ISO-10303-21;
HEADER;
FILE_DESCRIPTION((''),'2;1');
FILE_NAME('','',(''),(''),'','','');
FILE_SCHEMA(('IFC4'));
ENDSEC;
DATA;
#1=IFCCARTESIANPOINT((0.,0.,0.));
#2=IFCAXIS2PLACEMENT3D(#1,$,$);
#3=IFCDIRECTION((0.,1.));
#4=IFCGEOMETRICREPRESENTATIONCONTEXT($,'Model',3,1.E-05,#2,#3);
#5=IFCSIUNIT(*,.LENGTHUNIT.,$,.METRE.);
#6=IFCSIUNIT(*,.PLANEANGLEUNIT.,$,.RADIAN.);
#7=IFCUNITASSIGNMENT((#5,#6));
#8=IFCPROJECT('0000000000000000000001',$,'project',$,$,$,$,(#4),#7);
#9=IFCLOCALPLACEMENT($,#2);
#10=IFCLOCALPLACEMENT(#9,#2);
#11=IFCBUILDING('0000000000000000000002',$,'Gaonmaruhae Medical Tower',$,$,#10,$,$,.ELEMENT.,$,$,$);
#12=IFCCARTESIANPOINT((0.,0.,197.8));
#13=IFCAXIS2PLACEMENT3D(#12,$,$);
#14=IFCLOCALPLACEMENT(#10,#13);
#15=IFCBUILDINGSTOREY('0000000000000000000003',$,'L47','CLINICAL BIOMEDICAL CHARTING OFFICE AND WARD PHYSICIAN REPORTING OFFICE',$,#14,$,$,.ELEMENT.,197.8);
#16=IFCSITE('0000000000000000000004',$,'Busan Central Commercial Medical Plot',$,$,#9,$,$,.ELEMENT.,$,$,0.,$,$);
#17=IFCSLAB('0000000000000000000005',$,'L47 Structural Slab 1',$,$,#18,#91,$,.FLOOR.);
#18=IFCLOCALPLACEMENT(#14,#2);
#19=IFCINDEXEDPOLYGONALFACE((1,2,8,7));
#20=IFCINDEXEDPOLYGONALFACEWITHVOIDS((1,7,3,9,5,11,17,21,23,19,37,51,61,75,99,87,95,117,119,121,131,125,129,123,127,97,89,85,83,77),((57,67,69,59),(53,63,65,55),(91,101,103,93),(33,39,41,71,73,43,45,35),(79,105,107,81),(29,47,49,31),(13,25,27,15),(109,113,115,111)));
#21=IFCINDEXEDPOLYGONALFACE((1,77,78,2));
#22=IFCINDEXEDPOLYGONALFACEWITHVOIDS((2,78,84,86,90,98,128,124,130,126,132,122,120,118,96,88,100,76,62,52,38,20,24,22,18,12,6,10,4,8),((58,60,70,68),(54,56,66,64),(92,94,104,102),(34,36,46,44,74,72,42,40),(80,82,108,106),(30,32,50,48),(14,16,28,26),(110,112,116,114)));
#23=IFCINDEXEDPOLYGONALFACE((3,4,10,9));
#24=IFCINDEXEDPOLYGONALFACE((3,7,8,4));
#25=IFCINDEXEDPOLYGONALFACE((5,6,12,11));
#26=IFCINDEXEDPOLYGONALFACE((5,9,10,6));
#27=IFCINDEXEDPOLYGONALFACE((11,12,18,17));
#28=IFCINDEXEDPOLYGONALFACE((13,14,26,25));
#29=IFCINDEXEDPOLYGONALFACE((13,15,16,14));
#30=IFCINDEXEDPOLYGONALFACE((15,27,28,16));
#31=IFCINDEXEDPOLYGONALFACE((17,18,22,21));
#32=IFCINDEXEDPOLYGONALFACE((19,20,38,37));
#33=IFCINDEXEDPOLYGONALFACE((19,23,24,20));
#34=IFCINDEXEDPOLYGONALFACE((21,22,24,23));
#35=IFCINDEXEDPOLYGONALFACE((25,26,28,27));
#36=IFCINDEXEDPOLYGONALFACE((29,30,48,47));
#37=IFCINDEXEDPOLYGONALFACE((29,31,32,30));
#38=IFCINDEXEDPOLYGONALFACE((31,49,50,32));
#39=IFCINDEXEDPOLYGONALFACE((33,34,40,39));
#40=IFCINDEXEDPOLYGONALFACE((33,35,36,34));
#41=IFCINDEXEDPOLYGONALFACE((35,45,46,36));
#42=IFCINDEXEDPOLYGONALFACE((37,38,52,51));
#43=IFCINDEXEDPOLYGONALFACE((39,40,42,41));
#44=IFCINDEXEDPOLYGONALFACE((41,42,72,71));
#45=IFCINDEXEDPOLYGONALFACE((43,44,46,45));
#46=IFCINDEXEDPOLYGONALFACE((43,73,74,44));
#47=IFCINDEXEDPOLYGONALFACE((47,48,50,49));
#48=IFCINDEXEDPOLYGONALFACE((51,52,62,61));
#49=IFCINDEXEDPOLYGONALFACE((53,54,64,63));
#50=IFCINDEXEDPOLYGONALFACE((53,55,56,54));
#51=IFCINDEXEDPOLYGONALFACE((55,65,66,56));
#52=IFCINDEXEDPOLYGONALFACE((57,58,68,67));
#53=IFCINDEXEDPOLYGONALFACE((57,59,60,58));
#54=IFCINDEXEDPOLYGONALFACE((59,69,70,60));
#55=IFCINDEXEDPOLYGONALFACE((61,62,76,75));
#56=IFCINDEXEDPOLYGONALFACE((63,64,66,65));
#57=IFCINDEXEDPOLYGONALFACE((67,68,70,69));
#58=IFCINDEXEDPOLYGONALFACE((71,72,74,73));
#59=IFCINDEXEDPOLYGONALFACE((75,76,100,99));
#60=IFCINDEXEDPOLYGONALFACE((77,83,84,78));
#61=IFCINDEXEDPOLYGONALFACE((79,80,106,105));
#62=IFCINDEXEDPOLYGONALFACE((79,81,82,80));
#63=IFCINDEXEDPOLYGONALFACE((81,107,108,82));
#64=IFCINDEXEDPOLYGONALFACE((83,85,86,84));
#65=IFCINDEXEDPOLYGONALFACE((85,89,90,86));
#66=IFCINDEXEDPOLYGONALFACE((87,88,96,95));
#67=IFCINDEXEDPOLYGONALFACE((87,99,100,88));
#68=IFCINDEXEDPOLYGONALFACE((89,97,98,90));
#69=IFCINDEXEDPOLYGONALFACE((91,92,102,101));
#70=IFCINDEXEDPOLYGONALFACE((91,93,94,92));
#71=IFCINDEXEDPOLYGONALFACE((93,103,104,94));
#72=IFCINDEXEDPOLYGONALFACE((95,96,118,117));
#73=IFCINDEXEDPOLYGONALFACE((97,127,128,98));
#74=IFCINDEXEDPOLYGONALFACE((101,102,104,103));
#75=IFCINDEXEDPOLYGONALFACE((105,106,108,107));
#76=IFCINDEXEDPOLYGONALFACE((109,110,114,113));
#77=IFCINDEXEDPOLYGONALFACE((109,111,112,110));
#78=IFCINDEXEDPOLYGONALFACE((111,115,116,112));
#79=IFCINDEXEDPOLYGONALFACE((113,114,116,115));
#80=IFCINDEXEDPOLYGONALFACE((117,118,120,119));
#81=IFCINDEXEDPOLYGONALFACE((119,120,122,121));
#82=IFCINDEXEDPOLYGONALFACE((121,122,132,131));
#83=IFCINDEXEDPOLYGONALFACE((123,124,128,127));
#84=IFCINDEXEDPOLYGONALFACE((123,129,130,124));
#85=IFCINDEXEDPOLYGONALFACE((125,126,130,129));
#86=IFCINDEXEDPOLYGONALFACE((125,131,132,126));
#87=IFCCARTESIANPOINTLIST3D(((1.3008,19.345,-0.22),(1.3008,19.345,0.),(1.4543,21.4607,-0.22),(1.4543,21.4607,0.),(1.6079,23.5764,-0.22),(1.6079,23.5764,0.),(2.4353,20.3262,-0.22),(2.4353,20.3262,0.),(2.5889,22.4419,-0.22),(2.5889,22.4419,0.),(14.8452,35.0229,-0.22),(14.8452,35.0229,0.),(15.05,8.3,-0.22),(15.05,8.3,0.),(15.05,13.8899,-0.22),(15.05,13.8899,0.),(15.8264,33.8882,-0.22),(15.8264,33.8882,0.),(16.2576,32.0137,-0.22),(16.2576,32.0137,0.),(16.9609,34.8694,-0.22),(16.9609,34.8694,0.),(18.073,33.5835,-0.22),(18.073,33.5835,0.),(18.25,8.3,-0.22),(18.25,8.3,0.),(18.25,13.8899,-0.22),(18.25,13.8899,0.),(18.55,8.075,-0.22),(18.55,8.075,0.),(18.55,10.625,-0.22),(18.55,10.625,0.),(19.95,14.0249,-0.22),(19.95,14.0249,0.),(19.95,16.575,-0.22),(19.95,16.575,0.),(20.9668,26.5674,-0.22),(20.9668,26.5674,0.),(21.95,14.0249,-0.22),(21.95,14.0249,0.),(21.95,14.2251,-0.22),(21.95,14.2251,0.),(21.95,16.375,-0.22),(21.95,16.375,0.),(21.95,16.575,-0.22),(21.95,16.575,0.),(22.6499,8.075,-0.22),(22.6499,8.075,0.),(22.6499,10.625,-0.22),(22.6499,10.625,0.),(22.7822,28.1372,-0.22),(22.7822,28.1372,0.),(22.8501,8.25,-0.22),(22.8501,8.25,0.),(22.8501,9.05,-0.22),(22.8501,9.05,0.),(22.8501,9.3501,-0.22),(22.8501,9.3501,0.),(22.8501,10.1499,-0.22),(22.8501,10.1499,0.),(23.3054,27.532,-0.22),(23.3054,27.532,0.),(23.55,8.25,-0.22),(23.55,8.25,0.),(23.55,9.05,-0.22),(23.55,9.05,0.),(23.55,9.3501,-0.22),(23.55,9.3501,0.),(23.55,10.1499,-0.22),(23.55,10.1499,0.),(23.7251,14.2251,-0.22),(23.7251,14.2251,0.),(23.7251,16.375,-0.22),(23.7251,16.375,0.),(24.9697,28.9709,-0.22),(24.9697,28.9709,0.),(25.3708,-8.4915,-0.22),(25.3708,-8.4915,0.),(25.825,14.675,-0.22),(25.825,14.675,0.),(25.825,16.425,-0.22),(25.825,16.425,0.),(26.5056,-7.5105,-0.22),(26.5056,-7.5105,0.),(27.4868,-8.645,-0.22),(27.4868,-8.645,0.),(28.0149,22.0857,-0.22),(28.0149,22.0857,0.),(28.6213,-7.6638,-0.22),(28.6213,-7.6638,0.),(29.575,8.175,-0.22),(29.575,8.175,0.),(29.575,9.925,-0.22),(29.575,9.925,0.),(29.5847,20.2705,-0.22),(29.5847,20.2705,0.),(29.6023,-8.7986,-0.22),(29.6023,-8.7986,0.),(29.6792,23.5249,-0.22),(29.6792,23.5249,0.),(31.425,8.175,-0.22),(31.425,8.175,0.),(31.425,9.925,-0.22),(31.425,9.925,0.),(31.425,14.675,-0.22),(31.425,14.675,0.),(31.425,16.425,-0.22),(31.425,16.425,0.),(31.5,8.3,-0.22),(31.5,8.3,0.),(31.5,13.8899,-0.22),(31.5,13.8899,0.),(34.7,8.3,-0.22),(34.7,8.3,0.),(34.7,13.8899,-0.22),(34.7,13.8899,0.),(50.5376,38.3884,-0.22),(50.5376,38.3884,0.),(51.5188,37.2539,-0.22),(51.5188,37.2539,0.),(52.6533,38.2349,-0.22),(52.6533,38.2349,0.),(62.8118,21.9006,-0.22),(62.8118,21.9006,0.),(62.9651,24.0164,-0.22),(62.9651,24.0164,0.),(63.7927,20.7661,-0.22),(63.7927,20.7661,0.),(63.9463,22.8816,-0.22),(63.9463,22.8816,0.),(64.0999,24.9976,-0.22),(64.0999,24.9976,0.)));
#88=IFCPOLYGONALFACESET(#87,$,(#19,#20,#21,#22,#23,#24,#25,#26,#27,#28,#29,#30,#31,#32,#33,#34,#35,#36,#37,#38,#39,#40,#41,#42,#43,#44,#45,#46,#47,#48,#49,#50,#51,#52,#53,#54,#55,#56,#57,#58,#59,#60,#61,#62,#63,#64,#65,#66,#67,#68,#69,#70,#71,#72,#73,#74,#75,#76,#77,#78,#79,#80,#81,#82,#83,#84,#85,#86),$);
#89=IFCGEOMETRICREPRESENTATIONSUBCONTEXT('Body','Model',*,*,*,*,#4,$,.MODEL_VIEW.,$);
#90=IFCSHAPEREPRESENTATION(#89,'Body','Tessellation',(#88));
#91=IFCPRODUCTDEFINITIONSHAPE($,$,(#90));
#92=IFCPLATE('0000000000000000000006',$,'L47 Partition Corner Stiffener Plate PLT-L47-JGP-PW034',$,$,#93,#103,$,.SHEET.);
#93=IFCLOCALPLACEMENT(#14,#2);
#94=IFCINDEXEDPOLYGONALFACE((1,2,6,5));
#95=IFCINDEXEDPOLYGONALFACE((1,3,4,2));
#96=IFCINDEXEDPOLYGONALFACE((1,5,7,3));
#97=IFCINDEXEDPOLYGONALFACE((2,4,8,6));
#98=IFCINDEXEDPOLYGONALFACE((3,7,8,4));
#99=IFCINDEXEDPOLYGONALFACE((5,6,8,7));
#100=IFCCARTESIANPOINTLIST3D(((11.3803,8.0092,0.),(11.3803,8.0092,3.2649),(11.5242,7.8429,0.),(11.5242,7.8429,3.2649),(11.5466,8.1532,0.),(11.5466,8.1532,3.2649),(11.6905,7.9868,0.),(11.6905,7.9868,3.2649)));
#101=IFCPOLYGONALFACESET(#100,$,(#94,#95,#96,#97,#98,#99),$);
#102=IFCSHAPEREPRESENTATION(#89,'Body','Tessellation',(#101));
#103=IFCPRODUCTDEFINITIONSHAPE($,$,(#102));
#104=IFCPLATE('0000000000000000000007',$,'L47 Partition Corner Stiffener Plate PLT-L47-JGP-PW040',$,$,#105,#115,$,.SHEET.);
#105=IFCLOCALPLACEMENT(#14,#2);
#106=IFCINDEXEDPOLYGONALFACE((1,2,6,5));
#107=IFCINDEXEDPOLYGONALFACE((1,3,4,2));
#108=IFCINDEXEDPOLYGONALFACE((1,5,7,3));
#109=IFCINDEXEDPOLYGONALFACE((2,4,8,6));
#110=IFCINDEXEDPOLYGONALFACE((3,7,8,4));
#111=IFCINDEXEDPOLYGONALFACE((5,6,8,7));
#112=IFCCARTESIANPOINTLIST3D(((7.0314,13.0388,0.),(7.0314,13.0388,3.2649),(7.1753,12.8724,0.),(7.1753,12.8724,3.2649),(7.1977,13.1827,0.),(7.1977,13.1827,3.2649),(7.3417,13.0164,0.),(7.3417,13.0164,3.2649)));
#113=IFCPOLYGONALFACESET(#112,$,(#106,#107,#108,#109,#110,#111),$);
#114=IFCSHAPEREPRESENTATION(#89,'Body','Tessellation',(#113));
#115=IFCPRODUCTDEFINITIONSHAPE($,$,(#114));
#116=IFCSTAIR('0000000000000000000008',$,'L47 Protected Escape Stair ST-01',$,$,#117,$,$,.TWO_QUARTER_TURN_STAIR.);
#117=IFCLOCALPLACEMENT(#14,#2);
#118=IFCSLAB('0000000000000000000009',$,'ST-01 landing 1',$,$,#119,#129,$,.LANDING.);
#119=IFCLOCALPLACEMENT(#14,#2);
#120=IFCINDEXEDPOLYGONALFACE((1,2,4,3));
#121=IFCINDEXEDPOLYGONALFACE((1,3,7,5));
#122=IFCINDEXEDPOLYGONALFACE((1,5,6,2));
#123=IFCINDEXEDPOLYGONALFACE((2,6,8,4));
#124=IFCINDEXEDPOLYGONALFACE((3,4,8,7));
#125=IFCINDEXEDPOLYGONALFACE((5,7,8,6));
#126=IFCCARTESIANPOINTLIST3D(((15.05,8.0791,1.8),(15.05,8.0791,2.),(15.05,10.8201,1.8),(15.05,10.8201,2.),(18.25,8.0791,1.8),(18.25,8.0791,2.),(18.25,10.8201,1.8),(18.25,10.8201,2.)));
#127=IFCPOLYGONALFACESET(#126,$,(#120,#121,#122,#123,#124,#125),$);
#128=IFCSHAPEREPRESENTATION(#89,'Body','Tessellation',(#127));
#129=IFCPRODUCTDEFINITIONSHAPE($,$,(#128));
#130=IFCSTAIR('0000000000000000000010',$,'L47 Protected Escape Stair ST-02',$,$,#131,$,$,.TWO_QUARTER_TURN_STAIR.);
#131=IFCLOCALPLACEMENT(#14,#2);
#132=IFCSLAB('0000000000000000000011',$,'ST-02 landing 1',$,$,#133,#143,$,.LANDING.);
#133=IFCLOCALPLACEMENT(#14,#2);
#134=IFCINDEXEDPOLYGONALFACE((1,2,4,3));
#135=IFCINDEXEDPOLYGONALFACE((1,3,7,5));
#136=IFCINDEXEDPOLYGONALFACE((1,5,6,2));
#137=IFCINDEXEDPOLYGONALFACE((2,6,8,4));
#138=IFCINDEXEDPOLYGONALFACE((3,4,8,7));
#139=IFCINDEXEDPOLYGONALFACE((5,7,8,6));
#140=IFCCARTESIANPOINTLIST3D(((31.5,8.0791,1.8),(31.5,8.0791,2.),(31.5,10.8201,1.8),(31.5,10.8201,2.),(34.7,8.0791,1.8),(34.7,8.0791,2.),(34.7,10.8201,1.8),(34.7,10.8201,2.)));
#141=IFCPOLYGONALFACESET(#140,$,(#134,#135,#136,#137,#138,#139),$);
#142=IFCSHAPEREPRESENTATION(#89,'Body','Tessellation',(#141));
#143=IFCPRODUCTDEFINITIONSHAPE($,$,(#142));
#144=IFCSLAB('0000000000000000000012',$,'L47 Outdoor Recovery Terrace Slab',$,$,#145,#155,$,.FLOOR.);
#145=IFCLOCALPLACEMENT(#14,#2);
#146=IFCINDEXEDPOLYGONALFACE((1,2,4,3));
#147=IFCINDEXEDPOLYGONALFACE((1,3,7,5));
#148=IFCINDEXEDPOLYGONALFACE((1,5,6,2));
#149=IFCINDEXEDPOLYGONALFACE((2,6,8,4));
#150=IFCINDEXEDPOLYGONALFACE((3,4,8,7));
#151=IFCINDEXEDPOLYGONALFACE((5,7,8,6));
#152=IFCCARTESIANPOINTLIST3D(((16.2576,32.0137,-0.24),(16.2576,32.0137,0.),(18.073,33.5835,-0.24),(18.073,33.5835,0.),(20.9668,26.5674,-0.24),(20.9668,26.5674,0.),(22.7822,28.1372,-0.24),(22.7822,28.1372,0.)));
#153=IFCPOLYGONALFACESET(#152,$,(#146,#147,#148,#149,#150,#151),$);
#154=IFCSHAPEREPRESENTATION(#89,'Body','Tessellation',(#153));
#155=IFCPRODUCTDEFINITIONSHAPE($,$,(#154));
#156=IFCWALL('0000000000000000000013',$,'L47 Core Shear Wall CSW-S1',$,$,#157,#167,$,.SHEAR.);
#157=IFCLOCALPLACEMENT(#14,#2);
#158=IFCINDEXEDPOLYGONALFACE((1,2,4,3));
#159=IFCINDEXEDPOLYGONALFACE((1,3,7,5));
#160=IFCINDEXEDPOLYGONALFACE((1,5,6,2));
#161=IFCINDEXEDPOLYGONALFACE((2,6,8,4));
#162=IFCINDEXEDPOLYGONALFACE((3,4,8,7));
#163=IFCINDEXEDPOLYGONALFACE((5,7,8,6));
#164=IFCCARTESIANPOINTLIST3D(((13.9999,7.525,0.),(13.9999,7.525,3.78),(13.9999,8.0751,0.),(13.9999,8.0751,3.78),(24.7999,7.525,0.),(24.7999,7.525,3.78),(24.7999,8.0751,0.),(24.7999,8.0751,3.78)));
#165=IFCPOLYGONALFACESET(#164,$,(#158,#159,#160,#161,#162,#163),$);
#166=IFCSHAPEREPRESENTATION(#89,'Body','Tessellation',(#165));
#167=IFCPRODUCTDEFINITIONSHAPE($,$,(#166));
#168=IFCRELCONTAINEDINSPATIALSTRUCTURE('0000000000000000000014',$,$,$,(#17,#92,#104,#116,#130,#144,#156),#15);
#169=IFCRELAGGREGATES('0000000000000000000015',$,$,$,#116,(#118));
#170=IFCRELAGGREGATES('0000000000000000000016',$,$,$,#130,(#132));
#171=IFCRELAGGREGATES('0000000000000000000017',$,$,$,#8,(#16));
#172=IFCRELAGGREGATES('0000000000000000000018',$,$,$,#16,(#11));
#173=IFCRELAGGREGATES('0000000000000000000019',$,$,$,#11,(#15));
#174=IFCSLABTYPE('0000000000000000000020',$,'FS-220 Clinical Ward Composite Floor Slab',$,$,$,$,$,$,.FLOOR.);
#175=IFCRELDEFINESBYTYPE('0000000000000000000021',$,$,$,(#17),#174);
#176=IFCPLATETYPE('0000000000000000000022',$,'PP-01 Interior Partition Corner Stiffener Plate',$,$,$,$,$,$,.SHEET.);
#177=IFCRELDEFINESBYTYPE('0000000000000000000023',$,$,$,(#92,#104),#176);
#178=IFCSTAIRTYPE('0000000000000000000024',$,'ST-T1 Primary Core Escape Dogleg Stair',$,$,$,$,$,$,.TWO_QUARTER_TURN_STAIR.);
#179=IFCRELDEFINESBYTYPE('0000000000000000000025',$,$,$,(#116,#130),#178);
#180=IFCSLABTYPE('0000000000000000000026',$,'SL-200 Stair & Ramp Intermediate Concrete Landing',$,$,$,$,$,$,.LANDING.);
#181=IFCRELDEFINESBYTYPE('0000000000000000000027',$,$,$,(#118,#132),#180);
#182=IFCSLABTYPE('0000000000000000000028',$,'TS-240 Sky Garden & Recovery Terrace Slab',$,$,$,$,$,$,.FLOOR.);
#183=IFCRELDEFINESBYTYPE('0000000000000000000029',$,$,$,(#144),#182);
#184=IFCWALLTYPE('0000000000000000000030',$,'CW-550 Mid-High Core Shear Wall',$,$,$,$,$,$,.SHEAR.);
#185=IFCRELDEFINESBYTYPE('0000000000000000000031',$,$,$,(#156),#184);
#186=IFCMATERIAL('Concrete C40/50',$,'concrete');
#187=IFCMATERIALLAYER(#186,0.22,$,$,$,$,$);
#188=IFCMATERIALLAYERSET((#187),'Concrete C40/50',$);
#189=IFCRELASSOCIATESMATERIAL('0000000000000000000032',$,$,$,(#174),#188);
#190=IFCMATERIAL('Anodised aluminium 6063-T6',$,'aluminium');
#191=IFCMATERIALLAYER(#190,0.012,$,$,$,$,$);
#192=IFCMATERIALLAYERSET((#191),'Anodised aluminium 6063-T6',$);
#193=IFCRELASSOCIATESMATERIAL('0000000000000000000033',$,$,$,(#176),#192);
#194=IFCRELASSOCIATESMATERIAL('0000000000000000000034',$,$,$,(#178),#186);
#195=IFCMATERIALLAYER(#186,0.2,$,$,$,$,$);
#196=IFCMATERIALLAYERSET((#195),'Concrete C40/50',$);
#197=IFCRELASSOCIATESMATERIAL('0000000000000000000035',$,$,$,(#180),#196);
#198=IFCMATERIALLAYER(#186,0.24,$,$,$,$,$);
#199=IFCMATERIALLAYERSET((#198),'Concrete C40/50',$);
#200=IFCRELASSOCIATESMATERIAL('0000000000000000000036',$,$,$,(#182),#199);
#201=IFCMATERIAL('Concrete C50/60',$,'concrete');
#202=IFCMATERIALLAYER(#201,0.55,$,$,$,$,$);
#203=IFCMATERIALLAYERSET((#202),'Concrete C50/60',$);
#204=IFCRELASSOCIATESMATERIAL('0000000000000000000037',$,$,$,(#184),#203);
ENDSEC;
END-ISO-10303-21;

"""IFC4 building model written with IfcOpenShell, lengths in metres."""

from ifc_helpers import new_model, si_unit, direction, frame, frame_2d, origin, origin_2d, place, context, subcontext, project, spatial, polyline, rectangle, outline, extrude, material, layer, layer_set, type_object, element, aggregate, save


model = new_model("IFC4")

# Units and contexts
model_context = context("Model", 3, precision=1e-05, world=origin(), true_north=direction((0.0, 1.0)))
body_context = subcontext(model_context, "Body", "Model", "MODEL_VIEW")
ifc_project = project(units=[si_unit("LENGTHUNIT", "METRE"), si_unit("PLANEANGLEUNIT", "RADIAN")], contexts=[model_context])

# Site, building, storey
site_placement = place(None, origin())
site = spatial("IfcSite", under=ifc_project, at=site_placement, Name="Busan Central Commercial Medical Plot", CompositionType="ELEMENT", RefElevation=0.0)
building_placement = place(site_placement, origin())
building = spatial("IfcBuilding", under=site, at=building_placement, Name="Gaonmaruhae Medical Tower", CompositionType="ELEMENT")
storey_placement = place(building_placement, frame((0.0, 0.0, 197.8)))
storey = spatial("IfcBuildingStorey", under=building, at=storey_placement, Name="L47", Description="CLINICAL BIOMEDICAL CHARTING OFFICE AND WARD PHYSICIAN REPORTING OFFICE", CompositionType="ELEMENT", Elevation=197.8)

# Shared definitions
ifc_material_1 = material(Name="Concrete C50/60", Category="concrete")

# Slab
ifc_material_2 = material(Name="Concrete C40/50", Category="concrete")
ifc_layer_1 = layer(ifc_material_2, 0.22)
ifc_layer_set_1 = layer_set([ifc_layer_1], Name="Concrete C40/50")
slab_type_1 = type_object("IfcSlabType", Name="FS-220 Clinical Ward Composite Floor Slab", PredefinedType="FLOOR", material=ifc_layer_set_1)
slab_1_placement = place(storey_placement, frame((0.0, 0.0, -0.22)))
element("IfcSlab", 1, at=slab_1_placement, inside=storey, type_object=slab_type_1, Name="L47 Structural Slab 1", PredefinedType="FLOOR", context=body_context, shape_type="SweptSolid", body=[
    extrude(outline(polyline([(50.5376, 38.3884), (51.5188, 37.2539), (52.6533, 38.2349), (64.0999, 24.9976), (62.9651, 24.0164), (63.9463, 22.8816), (62.8118, 21.9006), (63.7927, 20.7661), (29.6023, -8.7986), (28.6213, -7.6638), (27.4868, -8.645), (26.5056, -7.5105), (25.3708, -8.4915), (1.3008, 19.345), (2.4353, 20.3262), (1.4543, 21.4607), (2.5889, 22.4419), (1.6079, 23.5764), (14.8452, 35.0229), (15.8264, 33.8882), (16.9609, 34.8694), (18.073, 33.5835), (16.2576, 32.0137), (20.9668, 26.5674), (22.7822, 28.1372), (23.3054, 27.532), (24.9697, 28.9709), (29.6792, 23.5249), (28.0149, 22.0857), (29.5847, 20.2705), (50.5376, 38.3884)]), holes=[polyline([(23.55, 8.25), (22.8501, 8.25), (22.8501, 9.05), (23.55, 9.05), (23.55, 8.25)]), polyline([(31.425, 9.925), (31.425, 8.175), (29.575, 8.175), (29.575, 9.925), (31.425, 9.925)]), polyline([(22.6499, 10.625), (22.6499, 8.075), (18.55, 8.075), (18.55, 10.625), (22.6499, 10.625)]), polyline([(23.55, 9.3501), (22.8501, 9.3501), (22.8501, 10.1499), (23.55, 10.1499), (23.55, 9.3501)]), polyline([(15.05, 13.8899), (18.25, 13.8899), (18.25, 8.3), (15.05, 8.3), (15.05, 13.8899)]), polyline([(31.5, 13.8899), (34.7, 13.8899), (34.7, 8.3), (31.5, 8.3), (31.5, 13.8899)]), polyline([(21.95, 14.2251), (21.95, 14.0249), (19.95, 14.0249), (19.95, 16.575), (21.95, 16.575), (21.95, 16.375), (23.7251, 16.375), (23.7251, 14.2251), (21.95, 14.2251)]), polyline([(31.425, 16.425), (31.425, 14.675), (25.825, 14.675), (25.825, 16.425), (31.425, 16.425)])]), origin(), (0.0, 0.0, 1.0), 0.22),
])

# Plates
ifc_material_3 = material(Name="Anodised aluminium 6063-T6", Category="aluminium")
ifc_layer_2 = layer(ifc_material_3, 0.012)
ifc_layer_set_2 = layer_set([ifc_layer_2], Name="Anodised aluminium 6063-T6")
plate_type = type_object("IfcPlateType", Name="PP-01 Interior Partition Corner Stiffener Plate", PredefinedType="SHEET", material=ifc_layer_set_2)
for number, where, z_axis, x_axis, name in (
    (2, (11.5354, 7.998, 0.0), (0.0, 0.0, 1.0), (-0.654358, 0.756185, 0.0), "L47 Partition Corner Stiffener Plate PLT-L47-JGP-PW034"),
    (3, (7.1865, 13.0276, 0.0), (0.0, 0.0, 1.0), (-0.654385, 0.756162, 0.0), "L47 Partition Corner Stiffener Plate PLT-L47-JGP-PW040"),
):
    element("IfcPlate", number, at=place(storey_placement, frame(where, z_axis=z_axis, x_axis=x_axis)), inside=storey, type_object=plate_type, Name=name, PredefinedType="SHEET", context=body_context, shape_type="SweptSolid", body=[
        extrude(rectangle(XDim=0.22, YDim=0.22, at=origin_2d()), origin(), (0.0, 0.0, 1.0), 3.2649),
    ])

# Stairs, slabs
stair_type = type_object("IfcStairType", Name="ST-T1 Primary Core Escape Dogleg Stair", PredefinedType="TWO_QUARTER_TURN_STAIR", material=ifc_material_2)
stair_1_placement = place(storey_placement, origin())
stair_1 = element("IfcStair", 4, at=stair_1_placement, inside=storey, type_object=stair_type, Name="L47 Protected Escape Stair ST-01", PredefinedType="TWO_QUARTER_TURN_STAIR")
ifc_layer_3 = layer(ifc_material_2, 0.2)
ifc_layer_set_3 = layer_set([ifc_layer_3], Name="Concrete C40/50")
slab_type_2 = type_object("IfcSlabType", Name="SL-200 Stair & Ramp Intermediate Concrete Landing", PredefinedType="LANDING", material=ifc_layer_set_3)
slab_2_placement = place(storey_placement, frame((0.0, 0.0, 1.8)))
slab_2 = element("IfcSlab", 5, at=slab_2_placement, type_object=slab_type_2, Name="ST-01 landing 1", PredefinedType="LANDING", context=body_context, shape_type="SweptSolid", body=[
    extrude(outline(polyline([(15.05, 10.8201), (15.05, 8.0791), (18.25, 8.0791), (18.25, 10.8201), (15.05, 10.8201)])), origin(), (0.0, 0.0, 1.0), 0.2),
])
aggregate(stair_1, [slab_2])
stair_2_placement = place(storey_placement, origin())
stair_2 = element("IfcStair", 6, at=stair_2_placement, inside=storey, type_object=stair_type, Name="L47 Protected Escape Stair ST-02", PredefinedType="TWO_QUARTER_TURN_STAIR")
slab_3_placement = place(storey_placement, frame((0.0, 0.0, 1.8)))
slab_3 = element("IfcSlab", 7, at=slab_3_placement, type_object=slab_type_2, Name="ST-02 landing 1", PredefinedType="LANDING", context=body_context, shape_type="SweptSolid", body=[
    extrude(outline(polyline([(31.5, 10.8201), (31.5, 8.0791), (34.7, 8.0791), (34.7, 10.8201), (31.5, 10.8201)])), origin(), (0.0, 0.0, 1.0), 0.2),
])
aggregate(stair_2, [slab_3])

# Slab
ifc_layer_4 = layer(ifc_material_2, 0.24)
ifc_layer_set_4 = layer_set([ifc_layer_4], Name="Concrete C40/50")
slab_type_3 = type_object("IfcSlabType", Name="TS-240 Sky Garden & Recovery Terrace Slab", PredefinedType="FLOOR", material=ifc_layer_set_4)
slab_4_placement = place(storey_placement, frame((0.0, 0.0, -0.24)))
element("IfcSlab", 8, at=slab_4_placement, inside=storey, type_object=slab_type_3, Name="L47 Outdoor Recovery Terrace Slab", PredefinedType="FLOOR", context=body_context, shape_type="SweptSolid", body=[
    extrude(outline(polyline([(20.9668, 26.5674), (22.7822, 28.1372), (18.073, 33.5835), (16.2576, 32.0137), (20.9668, 26.5674)])), origin(), (0.0, 0.0, 1.0), 0.24),
])

# Wall
ifc_layer_5 = layer(ifc_material_1, 0.55)
ifc_layer_set_5 = layer_set([ifc_layer_5], Name="Concrete C50/60")
wall_type_1 = type_object("IfcWallType", Name="CW-550 Mid-High Core Shear Wall", PredefinedType="SHEAR", material=ifc_layer_set_5)
wall_1_placement = place(storey_placement, frame((14.0, 7.8, 0.0), z_axis=(0.0, 0.0, 1.0), x_axis=(1.0, 0.0, 0.0)))
element("IfcWall", 9, at=wall_1_placement, inside=storey, type_object=wall_type_1, Name="L47 Core Shear Wall CSW-S1", PredefinedType="SHEAR", context=body_context, shape_type="SweptSolid", body=[
    extrude(rectangle(XDim=10.8, YDim=0.55, at=frame_2d((5.3999, 0.0))), origin(), (0.0, 0.0, 1.0), 3.78),
])

save(model, "model.ifc")
